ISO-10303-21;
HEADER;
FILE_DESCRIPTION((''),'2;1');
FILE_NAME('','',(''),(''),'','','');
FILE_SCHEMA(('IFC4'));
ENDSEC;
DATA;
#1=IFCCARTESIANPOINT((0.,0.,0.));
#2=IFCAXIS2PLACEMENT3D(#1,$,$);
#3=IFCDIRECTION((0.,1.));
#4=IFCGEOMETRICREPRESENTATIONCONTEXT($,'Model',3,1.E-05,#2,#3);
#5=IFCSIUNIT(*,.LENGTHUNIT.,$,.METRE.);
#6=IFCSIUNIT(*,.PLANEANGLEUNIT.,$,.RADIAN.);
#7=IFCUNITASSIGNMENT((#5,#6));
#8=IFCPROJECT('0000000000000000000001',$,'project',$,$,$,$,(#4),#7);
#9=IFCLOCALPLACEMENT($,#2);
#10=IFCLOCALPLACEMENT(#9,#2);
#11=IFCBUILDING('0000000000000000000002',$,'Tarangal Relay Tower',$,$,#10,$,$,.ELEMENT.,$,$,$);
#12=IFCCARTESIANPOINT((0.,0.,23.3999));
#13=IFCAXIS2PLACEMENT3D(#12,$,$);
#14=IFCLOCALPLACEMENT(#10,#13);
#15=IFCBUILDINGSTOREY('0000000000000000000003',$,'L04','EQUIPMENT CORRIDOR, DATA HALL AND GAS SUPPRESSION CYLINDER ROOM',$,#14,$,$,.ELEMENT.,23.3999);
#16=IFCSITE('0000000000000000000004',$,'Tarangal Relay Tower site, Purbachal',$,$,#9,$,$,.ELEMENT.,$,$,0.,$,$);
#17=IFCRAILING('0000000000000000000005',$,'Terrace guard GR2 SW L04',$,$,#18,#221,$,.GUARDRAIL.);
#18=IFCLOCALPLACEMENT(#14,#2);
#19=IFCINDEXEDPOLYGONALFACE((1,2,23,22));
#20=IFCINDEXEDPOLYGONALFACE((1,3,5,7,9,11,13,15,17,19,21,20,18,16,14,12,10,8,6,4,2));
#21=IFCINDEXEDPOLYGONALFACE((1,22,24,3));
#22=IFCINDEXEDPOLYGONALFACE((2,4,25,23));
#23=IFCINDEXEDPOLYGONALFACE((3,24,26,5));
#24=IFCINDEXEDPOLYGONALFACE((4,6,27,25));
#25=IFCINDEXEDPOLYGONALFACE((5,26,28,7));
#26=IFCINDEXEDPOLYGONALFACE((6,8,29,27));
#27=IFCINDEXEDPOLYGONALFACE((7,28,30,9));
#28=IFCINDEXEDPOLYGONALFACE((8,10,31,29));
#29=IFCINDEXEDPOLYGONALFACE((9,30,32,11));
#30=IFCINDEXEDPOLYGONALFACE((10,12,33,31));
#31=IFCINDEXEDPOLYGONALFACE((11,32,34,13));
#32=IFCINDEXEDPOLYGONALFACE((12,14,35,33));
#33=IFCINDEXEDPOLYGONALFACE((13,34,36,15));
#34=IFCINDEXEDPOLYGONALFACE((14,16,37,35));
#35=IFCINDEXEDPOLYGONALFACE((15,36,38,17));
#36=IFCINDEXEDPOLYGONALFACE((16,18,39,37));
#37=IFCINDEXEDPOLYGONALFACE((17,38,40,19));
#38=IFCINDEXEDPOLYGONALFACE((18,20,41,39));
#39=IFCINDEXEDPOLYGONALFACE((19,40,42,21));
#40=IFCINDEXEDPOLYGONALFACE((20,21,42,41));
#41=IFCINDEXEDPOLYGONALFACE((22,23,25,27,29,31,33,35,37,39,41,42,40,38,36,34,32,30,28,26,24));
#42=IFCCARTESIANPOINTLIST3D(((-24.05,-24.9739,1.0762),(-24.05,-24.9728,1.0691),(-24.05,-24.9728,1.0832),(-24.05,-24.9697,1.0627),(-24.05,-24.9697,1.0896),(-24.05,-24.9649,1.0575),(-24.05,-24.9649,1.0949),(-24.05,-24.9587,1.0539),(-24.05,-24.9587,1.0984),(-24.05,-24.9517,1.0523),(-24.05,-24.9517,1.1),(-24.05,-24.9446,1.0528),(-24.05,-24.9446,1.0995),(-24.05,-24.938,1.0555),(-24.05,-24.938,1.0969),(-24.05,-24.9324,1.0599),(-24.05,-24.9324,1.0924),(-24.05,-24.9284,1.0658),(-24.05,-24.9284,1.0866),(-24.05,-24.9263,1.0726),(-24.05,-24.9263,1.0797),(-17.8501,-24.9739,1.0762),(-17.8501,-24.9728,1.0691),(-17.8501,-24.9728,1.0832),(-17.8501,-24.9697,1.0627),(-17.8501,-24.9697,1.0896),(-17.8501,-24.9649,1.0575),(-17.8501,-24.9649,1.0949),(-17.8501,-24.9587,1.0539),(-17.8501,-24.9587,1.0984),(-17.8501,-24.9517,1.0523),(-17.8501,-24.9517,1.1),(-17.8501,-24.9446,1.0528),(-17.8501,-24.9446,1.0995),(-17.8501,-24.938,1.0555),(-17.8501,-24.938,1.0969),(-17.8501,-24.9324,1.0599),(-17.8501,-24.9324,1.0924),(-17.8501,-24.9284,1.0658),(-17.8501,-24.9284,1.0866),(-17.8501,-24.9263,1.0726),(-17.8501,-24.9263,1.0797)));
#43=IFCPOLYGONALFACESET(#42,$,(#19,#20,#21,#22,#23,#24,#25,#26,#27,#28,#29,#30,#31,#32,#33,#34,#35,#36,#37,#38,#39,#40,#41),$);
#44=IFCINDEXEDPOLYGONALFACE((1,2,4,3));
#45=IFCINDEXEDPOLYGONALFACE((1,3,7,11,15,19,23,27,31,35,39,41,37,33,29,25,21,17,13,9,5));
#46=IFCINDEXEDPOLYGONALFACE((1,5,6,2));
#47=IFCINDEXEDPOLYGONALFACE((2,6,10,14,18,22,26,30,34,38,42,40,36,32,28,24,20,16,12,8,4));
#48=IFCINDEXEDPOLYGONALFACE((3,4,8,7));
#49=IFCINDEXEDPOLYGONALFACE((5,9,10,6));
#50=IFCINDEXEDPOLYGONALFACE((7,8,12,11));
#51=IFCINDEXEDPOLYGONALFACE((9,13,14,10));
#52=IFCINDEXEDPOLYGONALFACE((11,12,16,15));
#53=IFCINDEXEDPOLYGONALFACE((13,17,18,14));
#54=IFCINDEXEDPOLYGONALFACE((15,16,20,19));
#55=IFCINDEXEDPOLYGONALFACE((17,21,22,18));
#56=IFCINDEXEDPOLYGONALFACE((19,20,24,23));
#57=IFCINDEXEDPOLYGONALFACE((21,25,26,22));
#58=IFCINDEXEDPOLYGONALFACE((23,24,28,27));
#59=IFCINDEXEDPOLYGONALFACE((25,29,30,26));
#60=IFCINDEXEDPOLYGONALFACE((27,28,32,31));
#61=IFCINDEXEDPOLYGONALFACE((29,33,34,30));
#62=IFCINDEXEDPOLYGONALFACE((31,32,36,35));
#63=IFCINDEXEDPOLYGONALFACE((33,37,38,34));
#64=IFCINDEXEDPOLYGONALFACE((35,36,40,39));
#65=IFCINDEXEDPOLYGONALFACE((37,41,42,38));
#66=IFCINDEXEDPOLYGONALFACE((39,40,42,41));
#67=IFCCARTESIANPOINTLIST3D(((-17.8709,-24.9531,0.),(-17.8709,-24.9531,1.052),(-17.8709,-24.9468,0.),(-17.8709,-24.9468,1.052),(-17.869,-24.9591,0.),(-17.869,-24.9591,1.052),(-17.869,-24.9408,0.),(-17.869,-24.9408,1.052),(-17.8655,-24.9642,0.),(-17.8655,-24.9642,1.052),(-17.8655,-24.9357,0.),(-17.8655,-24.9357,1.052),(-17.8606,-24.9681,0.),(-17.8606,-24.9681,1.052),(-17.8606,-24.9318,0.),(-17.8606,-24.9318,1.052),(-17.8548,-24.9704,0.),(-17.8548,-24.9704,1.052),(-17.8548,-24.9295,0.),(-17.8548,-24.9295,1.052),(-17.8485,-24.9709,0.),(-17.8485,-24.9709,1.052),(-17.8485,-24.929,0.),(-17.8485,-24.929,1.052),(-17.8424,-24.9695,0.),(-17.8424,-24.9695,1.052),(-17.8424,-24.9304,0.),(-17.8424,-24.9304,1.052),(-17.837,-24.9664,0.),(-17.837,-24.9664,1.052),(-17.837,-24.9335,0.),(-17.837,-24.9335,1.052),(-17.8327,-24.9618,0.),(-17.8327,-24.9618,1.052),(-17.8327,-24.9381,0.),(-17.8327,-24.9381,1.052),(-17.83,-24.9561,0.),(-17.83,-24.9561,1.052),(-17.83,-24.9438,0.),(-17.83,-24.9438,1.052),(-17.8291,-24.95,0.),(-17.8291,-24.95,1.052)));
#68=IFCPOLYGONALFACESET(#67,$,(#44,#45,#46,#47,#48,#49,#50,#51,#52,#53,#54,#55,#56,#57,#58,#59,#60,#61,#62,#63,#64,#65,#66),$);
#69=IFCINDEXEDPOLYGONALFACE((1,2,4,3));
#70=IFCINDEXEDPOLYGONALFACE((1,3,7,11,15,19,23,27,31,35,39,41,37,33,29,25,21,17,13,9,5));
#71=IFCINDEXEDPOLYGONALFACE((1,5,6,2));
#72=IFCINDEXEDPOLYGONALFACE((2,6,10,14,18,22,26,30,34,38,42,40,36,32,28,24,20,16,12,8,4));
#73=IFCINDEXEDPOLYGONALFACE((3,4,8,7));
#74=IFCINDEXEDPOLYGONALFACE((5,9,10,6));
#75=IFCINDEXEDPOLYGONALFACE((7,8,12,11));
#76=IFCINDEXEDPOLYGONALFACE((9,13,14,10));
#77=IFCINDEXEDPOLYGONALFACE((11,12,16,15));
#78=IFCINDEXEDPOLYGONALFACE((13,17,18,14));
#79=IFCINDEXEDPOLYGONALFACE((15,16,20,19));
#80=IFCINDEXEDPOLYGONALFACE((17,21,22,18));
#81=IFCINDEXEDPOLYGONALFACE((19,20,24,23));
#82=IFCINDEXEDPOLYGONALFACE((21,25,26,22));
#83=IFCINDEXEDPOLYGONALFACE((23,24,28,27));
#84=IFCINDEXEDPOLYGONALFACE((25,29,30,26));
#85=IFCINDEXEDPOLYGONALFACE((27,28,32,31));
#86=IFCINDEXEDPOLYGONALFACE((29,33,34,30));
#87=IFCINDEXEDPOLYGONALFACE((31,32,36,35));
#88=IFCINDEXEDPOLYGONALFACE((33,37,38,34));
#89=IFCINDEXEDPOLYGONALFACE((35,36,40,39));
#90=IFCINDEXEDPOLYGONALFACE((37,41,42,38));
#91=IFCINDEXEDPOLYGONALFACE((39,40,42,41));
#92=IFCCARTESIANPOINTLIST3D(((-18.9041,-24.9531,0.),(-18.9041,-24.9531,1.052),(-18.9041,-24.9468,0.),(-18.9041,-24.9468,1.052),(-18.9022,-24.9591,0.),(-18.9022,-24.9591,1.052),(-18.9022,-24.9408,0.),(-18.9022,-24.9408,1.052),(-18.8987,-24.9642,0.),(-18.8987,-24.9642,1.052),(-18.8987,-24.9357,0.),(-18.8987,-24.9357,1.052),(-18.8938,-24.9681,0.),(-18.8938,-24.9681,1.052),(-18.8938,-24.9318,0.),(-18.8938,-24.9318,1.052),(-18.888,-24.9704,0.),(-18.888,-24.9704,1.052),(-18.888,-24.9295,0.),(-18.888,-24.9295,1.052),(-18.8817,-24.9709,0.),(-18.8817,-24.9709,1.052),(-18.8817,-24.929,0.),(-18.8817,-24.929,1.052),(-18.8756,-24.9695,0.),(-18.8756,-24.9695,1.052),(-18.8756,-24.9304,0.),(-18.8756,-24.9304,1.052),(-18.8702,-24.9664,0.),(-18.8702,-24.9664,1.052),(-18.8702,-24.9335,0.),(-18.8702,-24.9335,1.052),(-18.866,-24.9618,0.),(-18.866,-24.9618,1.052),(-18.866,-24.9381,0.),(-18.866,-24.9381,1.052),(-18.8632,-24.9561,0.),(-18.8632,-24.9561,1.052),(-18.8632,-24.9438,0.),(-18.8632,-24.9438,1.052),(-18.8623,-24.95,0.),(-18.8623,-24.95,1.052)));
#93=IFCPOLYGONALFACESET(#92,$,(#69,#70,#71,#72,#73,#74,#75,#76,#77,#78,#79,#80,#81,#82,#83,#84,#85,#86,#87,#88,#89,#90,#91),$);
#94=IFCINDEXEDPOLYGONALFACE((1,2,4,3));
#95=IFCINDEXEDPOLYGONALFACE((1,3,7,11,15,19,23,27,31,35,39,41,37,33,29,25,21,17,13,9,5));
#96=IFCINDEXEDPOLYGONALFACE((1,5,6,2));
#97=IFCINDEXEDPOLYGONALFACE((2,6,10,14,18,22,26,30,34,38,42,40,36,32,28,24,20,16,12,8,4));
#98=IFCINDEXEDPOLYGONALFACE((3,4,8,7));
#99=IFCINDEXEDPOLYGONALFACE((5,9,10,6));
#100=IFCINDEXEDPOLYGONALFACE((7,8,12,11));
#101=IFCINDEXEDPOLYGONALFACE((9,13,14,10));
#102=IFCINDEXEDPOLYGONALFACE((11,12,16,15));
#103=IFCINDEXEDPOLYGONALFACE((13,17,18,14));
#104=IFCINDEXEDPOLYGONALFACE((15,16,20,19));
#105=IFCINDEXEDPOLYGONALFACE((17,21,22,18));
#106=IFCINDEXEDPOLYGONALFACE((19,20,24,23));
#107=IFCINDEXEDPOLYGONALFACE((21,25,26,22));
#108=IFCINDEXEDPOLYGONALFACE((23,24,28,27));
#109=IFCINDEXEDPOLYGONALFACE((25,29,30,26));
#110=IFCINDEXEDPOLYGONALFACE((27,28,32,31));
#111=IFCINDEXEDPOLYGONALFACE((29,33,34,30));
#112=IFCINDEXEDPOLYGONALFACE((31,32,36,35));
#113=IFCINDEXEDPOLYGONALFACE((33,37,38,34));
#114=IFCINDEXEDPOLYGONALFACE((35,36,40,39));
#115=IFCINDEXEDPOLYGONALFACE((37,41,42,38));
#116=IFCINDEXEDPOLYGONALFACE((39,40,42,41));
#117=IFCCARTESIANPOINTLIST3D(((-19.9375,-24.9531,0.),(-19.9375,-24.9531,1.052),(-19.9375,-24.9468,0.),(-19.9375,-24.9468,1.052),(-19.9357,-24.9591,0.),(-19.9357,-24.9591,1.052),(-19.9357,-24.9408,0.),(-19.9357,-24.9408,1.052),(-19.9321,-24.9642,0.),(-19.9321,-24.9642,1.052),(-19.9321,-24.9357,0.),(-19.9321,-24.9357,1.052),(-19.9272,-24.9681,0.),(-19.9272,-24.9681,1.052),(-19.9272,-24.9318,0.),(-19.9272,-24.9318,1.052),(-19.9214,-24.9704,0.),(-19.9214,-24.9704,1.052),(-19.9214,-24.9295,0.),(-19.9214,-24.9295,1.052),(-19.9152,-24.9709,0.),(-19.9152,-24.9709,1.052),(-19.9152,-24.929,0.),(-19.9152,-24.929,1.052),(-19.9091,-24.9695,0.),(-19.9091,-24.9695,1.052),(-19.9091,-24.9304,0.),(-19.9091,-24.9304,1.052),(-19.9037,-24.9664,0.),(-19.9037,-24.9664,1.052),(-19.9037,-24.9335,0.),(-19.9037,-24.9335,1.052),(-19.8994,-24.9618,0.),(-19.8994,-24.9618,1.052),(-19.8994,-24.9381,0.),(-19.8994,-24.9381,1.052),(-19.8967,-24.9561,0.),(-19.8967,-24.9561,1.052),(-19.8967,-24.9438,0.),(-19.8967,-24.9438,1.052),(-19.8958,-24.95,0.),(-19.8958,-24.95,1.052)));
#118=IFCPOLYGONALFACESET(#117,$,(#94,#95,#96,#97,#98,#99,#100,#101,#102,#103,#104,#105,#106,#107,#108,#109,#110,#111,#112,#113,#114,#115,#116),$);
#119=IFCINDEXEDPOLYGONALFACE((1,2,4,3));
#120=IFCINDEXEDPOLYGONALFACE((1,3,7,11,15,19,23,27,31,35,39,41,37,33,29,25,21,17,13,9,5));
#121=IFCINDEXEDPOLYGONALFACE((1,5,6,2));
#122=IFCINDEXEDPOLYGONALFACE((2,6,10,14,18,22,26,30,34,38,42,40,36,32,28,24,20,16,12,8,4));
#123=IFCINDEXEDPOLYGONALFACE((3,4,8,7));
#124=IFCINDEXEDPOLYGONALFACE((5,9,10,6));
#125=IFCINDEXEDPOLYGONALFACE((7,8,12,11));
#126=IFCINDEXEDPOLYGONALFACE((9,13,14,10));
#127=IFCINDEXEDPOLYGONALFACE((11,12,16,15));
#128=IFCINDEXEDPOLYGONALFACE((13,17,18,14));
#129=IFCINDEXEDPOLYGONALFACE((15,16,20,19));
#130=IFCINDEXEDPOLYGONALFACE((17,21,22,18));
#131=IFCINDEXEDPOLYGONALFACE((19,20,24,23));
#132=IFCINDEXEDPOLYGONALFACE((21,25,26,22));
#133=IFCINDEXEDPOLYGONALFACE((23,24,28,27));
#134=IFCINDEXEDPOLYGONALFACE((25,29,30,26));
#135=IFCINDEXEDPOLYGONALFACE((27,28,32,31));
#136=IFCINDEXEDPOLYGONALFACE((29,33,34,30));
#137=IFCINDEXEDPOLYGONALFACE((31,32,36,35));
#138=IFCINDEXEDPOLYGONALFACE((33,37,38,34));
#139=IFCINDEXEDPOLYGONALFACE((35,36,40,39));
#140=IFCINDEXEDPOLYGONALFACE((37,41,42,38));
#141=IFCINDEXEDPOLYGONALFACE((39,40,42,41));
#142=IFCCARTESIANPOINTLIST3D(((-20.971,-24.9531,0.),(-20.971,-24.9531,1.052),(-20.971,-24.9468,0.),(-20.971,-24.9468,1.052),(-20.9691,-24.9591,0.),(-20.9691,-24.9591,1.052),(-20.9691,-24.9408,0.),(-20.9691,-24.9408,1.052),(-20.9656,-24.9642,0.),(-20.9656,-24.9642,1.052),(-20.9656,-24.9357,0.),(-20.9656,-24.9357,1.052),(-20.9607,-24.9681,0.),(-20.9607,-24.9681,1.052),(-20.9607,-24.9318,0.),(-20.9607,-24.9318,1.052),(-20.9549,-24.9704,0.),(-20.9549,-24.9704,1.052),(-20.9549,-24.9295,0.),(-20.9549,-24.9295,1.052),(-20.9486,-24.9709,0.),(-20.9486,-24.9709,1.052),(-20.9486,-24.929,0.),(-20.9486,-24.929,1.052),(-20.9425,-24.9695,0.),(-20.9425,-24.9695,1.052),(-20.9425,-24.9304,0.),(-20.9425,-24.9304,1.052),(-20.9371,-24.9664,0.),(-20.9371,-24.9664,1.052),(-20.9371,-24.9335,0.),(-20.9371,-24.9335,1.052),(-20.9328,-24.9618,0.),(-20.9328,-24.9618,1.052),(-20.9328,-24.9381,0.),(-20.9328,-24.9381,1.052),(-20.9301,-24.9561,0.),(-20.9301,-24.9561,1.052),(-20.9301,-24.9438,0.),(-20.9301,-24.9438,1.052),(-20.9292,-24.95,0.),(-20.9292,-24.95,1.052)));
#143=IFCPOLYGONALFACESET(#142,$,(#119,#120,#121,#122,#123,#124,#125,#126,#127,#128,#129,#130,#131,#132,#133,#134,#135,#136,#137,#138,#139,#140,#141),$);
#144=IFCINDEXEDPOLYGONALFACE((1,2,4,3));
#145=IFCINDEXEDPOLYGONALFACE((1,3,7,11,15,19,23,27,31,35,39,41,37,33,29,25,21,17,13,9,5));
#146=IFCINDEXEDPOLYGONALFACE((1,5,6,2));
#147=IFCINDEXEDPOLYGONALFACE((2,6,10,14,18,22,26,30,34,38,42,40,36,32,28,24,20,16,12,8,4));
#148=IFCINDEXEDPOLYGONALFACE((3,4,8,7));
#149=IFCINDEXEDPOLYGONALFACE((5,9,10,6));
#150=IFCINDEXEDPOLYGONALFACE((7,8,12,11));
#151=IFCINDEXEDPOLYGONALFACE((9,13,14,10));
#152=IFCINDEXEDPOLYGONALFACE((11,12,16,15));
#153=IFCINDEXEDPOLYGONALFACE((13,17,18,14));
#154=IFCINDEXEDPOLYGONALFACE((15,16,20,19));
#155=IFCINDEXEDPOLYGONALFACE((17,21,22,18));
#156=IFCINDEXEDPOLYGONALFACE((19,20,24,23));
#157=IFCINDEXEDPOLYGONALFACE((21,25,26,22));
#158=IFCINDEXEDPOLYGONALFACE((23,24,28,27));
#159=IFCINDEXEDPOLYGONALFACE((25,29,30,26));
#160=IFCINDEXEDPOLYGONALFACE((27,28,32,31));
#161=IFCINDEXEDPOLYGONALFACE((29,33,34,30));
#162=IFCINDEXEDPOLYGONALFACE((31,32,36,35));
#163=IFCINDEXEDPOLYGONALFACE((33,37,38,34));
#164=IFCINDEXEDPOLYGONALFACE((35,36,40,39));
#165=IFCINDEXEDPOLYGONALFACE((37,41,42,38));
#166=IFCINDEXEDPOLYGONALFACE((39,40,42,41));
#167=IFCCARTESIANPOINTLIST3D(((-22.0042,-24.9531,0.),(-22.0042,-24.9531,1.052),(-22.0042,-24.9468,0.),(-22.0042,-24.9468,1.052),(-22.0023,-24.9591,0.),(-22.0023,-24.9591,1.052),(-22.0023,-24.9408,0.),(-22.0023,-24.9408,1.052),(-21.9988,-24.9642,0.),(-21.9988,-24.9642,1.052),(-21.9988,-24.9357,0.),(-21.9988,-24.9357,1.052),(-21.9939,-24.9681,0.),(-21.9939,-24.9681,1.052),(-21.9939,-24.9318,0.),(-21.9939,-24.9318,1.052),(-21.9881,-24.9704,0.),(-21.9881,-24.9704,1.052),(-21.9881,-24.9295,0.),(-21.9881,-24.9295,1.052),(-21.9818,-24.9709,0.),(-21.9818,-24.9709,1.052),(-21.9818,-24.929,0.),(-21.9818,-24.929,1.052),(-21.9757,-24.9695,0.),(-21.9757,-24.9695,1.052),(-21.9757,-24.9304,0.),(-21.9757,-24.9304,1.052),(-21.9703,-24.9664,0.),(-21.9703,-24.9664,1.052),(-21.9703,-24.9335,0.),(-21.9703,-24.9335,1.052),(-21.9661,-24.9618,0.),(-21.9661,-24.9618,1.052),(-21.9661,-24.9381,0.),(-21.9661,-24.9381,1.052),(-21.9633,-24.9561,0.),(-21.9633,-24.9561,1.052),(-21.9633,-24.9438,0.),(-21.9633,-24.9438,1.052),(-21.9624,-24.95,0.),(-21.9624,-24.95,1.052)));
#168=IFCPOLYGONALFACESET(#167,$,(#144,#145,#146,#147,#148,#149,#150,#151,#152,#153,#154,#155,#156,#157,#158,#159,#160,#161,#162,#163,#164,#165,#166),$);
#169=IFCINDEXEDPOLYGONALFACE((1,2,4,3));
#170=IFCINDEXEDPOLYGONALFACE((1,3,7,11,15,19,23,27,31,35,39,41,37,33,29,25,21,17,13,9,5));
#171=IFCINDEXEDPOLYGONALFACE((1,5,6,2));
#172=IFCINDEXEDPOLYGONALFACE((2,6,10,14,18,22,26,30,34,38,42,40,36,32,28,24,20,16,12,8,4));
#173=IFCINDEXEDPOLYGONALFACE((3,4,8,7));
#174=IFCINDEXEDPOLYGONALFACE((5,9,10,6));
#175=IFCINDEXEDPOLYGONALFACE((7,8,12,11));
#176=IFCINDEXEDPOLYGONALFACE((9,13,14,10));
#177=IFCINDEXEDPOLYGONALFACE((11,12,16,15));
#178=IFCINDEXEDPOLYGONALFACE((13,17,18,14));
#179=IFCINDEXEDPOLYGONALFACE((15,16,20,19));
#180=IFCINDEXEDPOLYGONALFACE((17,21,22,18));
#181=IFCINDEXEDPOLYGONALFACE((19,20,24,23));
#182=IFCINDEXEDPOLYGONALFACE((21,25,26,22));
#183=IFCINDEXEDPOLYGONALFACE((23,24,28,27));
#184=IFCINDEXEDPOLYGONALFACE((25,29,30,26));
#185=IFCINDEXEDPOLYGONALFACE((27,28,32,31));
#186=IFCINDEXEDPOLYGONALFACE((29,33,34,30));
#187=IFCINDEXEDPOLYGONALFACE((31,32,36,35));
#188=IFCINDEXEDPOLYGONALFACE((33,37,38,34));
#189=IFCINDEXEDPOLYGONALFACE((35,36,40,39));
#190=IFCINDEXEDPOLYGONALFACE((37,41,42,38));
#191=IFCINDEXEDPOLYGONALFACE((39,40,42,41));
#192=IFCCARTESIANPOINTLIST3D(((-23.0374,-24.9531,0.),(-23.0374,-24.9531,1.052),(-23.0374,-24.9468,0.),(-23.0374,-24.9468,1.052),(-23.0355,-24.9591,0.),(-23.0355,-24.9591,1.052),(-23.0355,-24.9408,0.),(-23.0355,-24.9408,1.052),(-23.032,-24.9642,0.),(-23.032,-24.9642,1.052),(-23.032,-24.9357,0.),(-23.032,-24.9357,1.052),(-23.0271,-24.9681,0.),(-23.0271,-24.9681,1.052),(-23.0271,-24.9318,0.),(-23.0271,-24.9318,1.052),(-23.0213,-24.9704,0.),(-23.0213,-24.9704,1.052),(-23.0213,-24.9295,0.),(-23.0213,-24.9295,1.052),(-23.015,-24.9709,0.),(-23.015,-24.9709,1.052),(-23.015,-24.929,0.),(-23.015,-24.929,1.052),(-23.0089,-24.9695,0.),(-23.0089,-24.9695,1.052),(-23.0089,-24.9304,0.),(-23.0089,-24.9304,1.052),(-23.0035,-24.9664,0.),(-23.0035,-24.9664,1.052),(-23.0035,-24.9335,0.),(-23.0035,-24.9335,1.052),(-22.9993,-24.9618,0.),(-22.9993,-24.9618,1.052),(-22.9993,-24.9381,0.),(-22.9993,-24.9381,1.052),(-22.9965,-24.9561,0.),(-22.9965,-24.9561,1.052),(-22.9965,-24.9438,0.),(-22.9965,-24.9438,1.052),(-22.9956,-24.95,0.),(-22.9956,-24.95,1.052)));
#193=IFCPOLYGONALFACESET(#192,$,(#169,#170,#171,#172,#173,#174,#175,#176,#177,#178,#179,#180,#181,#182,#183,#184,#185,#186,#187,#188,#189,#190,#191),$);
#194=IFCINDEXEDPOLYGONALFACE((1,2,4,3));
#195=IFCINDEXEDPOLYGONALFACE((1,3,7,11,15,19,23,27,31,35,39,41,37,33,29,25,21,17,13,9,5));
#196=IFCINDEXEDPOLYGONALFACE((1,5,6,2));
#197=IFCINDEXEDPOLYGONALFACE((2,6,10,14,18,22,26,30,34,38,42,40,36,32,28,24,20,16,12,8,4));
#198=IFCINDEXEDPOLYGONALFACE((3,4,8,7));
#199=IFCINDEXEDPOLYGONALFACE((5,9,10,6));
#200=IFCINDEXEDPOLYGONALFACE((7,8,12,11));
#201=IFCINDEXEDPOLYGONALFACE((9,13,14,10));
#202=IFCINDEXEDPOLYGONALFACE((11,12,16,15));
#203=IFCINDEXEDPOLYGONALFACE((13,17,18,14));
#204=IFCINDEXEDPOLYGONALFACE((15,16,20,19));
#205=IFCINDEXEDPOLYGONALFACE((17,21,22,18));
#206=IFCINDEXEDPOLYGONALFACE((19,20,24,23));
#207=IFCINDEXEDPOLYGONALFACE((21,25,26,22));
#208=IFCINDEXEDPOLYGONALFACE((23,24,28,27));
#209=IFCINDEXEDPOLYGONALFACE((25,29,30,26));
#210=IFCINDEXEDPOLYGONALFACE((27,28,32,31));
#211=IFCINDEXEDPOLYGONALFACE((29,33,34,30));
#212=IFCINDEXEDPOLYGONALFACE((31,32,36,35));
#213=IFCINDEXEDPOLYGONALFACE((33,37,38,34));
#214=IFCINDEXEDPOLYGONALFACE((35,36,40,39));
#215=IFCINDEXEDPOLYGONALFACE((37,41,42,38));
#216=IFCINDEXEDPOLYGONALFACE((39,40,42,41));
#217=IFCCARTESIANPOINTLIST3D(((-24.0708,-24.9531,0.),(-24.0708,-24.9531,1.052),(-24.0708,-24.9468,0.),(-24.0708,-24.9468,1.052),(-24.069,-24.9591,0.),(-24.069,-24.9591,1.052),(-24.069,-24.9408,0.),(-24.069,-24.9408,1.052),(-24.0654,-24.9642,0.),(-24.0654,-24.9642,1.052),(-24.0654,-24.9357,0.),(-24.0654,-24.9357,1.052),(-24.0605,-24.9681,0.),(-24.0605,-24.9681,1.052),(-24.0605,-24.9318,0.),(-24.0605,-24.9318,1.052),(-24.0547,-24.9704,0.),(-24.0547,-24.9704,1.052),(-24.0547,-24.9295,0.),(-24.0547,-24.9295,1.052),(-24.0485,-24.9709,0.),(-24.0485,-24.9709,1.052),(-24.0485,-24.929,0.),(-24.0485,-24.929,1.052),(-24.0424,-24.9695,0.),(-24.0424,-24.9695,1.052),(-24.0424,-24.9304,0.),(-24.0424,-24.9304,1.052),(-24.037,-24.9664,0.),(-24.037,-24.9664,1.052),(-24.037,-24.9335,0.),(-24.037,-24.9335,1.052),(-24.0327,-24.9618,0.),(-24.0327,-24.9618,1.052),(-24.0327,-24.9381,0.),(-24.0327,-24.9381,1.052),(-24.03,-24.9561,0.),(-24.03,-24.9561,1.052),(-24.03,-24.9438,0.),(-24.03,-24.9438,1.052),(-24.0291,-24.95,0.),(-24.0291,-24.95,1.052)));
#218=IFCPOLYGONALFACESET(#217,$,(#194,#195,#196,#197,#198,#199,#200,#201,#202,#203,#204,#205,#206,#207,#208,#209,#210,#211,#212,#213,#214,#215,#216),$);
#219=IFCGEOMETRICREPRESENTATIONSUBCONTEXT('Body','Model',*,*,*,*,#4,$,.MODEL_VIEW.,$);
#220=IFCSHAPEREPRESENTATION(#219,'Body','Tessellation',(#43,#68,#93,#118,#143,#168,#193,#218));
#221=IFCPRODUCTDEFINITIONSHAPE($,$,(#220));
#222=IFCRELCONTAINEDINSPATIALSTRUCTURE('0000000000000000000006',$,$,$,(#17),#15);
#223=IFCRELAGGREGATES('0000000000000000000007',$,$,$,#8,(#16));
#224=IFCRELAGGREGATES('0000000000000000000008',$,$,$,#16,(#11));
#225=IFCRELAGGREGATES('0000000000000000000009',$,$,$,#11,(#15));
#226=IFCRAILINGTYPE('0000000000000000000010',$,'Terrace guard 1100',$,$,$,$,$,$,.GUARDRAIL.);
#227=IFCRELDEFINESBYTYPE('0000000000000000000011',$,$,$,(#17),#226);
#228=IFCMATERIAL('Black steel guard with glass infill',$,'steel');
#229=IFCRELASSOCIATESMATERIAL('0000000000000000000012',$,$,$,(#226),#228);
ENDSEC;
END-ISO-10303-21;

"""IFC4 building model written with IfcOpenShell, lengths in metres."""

from ifc_helpers import new_model, si_unit, direction, frame, origin, origin_2d, place, context, subcontext, project, spatial, circle, extrude, material, type_object, element, save


model = new_model("IFC4")

# Units and contexts
model_context = context("Model", 3, precision=1e-05, world=origin(), true_north=direction((0.0, 1.0)))
body_context = subcontext(model_context, "Body", "Model", "MODEL_VIEW")
ifc_project = project(units=[si_unit("LENGTHUNIT", "METRE"), si_unit("PLANEANGLEUNIT", "RADIAN")], contexts=[model_context])

# Site, building, storey
site_placement = place(None, origin())
site = spatial("IfcSite", under=ifc_project, at=site_placement, Name="Tarangal Relay Tower site, Purbachal", CompositionType="ELEMENT", RefElevation=0.0)
building_placement = place(site_placement, origin())
building = spatial("IfcBuilding", under=site, at=building_placement, Name="Tarangal Relay Tower", CompositionType="ELEMENT")
storey_placement = place(building_placement, frame((0.0, 0.0, 23.3999)))
storey = spatial("IfcBuildingStorey", under=building, at=storey_placement, Name="L04", Description="EQUIPMENT CORRIDOR, DATA HALL AND GAS SUPPRESSION CYLINDER ROOM", CompositionType="ELEMENT", Elevation=23.3999)

# Railing
ifc_material_1 = material(Name="Black steel guard with glass infill", Category="steel")
railing_type = type_object("IfcRailingType", Name="Terrace guard 1100", PredefinedType="GUARDRAIL", material=ifc_material_1)
railing_placement = place(storey_placement, frame((-17.8501, -24.95, 0.0)))
element("IfcRailing", 1, at=railing_placement, inside=storey, type_object=railing_type, Name="Terrace guard GR2 SW L04", PredefinedType="GUARDRAIL", context=body_context, shape_type="SweptSolid", body=[
    extrude(circle(Radius=0.0239, at=origin_2d()), frame((0.0, 0.0, 1.0762), z_axis=(-1.0, 0.0, 0.0), x_axis=(0.0, -1.0, 0.0)), (0.0, 0.0, 1.0), 6.2),
    extrude(circle(Radius=0.021, at=origin_2d()), origin(), (0.0, 0.0, 1.0), 1.052),
    extrude(circle(Radius=0.021, at=origin_2d()), frame((-1.0332, 0.0, 0.0)), (0.0, 0.0, 1.0), 1.052),
    extrude(circle(Radius=0.021, at=origin_2d()), frame((-2.0667, 0.0, 0.0)), (0.0, 0.0, 1.0), 1.052),
    extrude(circle(Radius=0.021, at=origin_2d()), frame((-3.1001, 0.0, 0.0)), (0.0, 0.0, 1.0), 1.052),
    extrude(circle(Radius=0.021, at=origin_2d()), frame((-4.1333, 0.0, 0.0)), (0.0, 0.0, 1.0), 1.052),
    extrude(circle(Radius=0.021, at=origin_2d()), frame((-5.1665, 0.0, 0.0)), (0.0, 0.0, 1.0), 1.052),
    extrude(circle(Radius=0.021, at=origin_2d()), frame((-6.2, 0.0, 0.0)), (0.0, 0.0, 1.0), 1.052),
])

save(model, "model.ifc")
